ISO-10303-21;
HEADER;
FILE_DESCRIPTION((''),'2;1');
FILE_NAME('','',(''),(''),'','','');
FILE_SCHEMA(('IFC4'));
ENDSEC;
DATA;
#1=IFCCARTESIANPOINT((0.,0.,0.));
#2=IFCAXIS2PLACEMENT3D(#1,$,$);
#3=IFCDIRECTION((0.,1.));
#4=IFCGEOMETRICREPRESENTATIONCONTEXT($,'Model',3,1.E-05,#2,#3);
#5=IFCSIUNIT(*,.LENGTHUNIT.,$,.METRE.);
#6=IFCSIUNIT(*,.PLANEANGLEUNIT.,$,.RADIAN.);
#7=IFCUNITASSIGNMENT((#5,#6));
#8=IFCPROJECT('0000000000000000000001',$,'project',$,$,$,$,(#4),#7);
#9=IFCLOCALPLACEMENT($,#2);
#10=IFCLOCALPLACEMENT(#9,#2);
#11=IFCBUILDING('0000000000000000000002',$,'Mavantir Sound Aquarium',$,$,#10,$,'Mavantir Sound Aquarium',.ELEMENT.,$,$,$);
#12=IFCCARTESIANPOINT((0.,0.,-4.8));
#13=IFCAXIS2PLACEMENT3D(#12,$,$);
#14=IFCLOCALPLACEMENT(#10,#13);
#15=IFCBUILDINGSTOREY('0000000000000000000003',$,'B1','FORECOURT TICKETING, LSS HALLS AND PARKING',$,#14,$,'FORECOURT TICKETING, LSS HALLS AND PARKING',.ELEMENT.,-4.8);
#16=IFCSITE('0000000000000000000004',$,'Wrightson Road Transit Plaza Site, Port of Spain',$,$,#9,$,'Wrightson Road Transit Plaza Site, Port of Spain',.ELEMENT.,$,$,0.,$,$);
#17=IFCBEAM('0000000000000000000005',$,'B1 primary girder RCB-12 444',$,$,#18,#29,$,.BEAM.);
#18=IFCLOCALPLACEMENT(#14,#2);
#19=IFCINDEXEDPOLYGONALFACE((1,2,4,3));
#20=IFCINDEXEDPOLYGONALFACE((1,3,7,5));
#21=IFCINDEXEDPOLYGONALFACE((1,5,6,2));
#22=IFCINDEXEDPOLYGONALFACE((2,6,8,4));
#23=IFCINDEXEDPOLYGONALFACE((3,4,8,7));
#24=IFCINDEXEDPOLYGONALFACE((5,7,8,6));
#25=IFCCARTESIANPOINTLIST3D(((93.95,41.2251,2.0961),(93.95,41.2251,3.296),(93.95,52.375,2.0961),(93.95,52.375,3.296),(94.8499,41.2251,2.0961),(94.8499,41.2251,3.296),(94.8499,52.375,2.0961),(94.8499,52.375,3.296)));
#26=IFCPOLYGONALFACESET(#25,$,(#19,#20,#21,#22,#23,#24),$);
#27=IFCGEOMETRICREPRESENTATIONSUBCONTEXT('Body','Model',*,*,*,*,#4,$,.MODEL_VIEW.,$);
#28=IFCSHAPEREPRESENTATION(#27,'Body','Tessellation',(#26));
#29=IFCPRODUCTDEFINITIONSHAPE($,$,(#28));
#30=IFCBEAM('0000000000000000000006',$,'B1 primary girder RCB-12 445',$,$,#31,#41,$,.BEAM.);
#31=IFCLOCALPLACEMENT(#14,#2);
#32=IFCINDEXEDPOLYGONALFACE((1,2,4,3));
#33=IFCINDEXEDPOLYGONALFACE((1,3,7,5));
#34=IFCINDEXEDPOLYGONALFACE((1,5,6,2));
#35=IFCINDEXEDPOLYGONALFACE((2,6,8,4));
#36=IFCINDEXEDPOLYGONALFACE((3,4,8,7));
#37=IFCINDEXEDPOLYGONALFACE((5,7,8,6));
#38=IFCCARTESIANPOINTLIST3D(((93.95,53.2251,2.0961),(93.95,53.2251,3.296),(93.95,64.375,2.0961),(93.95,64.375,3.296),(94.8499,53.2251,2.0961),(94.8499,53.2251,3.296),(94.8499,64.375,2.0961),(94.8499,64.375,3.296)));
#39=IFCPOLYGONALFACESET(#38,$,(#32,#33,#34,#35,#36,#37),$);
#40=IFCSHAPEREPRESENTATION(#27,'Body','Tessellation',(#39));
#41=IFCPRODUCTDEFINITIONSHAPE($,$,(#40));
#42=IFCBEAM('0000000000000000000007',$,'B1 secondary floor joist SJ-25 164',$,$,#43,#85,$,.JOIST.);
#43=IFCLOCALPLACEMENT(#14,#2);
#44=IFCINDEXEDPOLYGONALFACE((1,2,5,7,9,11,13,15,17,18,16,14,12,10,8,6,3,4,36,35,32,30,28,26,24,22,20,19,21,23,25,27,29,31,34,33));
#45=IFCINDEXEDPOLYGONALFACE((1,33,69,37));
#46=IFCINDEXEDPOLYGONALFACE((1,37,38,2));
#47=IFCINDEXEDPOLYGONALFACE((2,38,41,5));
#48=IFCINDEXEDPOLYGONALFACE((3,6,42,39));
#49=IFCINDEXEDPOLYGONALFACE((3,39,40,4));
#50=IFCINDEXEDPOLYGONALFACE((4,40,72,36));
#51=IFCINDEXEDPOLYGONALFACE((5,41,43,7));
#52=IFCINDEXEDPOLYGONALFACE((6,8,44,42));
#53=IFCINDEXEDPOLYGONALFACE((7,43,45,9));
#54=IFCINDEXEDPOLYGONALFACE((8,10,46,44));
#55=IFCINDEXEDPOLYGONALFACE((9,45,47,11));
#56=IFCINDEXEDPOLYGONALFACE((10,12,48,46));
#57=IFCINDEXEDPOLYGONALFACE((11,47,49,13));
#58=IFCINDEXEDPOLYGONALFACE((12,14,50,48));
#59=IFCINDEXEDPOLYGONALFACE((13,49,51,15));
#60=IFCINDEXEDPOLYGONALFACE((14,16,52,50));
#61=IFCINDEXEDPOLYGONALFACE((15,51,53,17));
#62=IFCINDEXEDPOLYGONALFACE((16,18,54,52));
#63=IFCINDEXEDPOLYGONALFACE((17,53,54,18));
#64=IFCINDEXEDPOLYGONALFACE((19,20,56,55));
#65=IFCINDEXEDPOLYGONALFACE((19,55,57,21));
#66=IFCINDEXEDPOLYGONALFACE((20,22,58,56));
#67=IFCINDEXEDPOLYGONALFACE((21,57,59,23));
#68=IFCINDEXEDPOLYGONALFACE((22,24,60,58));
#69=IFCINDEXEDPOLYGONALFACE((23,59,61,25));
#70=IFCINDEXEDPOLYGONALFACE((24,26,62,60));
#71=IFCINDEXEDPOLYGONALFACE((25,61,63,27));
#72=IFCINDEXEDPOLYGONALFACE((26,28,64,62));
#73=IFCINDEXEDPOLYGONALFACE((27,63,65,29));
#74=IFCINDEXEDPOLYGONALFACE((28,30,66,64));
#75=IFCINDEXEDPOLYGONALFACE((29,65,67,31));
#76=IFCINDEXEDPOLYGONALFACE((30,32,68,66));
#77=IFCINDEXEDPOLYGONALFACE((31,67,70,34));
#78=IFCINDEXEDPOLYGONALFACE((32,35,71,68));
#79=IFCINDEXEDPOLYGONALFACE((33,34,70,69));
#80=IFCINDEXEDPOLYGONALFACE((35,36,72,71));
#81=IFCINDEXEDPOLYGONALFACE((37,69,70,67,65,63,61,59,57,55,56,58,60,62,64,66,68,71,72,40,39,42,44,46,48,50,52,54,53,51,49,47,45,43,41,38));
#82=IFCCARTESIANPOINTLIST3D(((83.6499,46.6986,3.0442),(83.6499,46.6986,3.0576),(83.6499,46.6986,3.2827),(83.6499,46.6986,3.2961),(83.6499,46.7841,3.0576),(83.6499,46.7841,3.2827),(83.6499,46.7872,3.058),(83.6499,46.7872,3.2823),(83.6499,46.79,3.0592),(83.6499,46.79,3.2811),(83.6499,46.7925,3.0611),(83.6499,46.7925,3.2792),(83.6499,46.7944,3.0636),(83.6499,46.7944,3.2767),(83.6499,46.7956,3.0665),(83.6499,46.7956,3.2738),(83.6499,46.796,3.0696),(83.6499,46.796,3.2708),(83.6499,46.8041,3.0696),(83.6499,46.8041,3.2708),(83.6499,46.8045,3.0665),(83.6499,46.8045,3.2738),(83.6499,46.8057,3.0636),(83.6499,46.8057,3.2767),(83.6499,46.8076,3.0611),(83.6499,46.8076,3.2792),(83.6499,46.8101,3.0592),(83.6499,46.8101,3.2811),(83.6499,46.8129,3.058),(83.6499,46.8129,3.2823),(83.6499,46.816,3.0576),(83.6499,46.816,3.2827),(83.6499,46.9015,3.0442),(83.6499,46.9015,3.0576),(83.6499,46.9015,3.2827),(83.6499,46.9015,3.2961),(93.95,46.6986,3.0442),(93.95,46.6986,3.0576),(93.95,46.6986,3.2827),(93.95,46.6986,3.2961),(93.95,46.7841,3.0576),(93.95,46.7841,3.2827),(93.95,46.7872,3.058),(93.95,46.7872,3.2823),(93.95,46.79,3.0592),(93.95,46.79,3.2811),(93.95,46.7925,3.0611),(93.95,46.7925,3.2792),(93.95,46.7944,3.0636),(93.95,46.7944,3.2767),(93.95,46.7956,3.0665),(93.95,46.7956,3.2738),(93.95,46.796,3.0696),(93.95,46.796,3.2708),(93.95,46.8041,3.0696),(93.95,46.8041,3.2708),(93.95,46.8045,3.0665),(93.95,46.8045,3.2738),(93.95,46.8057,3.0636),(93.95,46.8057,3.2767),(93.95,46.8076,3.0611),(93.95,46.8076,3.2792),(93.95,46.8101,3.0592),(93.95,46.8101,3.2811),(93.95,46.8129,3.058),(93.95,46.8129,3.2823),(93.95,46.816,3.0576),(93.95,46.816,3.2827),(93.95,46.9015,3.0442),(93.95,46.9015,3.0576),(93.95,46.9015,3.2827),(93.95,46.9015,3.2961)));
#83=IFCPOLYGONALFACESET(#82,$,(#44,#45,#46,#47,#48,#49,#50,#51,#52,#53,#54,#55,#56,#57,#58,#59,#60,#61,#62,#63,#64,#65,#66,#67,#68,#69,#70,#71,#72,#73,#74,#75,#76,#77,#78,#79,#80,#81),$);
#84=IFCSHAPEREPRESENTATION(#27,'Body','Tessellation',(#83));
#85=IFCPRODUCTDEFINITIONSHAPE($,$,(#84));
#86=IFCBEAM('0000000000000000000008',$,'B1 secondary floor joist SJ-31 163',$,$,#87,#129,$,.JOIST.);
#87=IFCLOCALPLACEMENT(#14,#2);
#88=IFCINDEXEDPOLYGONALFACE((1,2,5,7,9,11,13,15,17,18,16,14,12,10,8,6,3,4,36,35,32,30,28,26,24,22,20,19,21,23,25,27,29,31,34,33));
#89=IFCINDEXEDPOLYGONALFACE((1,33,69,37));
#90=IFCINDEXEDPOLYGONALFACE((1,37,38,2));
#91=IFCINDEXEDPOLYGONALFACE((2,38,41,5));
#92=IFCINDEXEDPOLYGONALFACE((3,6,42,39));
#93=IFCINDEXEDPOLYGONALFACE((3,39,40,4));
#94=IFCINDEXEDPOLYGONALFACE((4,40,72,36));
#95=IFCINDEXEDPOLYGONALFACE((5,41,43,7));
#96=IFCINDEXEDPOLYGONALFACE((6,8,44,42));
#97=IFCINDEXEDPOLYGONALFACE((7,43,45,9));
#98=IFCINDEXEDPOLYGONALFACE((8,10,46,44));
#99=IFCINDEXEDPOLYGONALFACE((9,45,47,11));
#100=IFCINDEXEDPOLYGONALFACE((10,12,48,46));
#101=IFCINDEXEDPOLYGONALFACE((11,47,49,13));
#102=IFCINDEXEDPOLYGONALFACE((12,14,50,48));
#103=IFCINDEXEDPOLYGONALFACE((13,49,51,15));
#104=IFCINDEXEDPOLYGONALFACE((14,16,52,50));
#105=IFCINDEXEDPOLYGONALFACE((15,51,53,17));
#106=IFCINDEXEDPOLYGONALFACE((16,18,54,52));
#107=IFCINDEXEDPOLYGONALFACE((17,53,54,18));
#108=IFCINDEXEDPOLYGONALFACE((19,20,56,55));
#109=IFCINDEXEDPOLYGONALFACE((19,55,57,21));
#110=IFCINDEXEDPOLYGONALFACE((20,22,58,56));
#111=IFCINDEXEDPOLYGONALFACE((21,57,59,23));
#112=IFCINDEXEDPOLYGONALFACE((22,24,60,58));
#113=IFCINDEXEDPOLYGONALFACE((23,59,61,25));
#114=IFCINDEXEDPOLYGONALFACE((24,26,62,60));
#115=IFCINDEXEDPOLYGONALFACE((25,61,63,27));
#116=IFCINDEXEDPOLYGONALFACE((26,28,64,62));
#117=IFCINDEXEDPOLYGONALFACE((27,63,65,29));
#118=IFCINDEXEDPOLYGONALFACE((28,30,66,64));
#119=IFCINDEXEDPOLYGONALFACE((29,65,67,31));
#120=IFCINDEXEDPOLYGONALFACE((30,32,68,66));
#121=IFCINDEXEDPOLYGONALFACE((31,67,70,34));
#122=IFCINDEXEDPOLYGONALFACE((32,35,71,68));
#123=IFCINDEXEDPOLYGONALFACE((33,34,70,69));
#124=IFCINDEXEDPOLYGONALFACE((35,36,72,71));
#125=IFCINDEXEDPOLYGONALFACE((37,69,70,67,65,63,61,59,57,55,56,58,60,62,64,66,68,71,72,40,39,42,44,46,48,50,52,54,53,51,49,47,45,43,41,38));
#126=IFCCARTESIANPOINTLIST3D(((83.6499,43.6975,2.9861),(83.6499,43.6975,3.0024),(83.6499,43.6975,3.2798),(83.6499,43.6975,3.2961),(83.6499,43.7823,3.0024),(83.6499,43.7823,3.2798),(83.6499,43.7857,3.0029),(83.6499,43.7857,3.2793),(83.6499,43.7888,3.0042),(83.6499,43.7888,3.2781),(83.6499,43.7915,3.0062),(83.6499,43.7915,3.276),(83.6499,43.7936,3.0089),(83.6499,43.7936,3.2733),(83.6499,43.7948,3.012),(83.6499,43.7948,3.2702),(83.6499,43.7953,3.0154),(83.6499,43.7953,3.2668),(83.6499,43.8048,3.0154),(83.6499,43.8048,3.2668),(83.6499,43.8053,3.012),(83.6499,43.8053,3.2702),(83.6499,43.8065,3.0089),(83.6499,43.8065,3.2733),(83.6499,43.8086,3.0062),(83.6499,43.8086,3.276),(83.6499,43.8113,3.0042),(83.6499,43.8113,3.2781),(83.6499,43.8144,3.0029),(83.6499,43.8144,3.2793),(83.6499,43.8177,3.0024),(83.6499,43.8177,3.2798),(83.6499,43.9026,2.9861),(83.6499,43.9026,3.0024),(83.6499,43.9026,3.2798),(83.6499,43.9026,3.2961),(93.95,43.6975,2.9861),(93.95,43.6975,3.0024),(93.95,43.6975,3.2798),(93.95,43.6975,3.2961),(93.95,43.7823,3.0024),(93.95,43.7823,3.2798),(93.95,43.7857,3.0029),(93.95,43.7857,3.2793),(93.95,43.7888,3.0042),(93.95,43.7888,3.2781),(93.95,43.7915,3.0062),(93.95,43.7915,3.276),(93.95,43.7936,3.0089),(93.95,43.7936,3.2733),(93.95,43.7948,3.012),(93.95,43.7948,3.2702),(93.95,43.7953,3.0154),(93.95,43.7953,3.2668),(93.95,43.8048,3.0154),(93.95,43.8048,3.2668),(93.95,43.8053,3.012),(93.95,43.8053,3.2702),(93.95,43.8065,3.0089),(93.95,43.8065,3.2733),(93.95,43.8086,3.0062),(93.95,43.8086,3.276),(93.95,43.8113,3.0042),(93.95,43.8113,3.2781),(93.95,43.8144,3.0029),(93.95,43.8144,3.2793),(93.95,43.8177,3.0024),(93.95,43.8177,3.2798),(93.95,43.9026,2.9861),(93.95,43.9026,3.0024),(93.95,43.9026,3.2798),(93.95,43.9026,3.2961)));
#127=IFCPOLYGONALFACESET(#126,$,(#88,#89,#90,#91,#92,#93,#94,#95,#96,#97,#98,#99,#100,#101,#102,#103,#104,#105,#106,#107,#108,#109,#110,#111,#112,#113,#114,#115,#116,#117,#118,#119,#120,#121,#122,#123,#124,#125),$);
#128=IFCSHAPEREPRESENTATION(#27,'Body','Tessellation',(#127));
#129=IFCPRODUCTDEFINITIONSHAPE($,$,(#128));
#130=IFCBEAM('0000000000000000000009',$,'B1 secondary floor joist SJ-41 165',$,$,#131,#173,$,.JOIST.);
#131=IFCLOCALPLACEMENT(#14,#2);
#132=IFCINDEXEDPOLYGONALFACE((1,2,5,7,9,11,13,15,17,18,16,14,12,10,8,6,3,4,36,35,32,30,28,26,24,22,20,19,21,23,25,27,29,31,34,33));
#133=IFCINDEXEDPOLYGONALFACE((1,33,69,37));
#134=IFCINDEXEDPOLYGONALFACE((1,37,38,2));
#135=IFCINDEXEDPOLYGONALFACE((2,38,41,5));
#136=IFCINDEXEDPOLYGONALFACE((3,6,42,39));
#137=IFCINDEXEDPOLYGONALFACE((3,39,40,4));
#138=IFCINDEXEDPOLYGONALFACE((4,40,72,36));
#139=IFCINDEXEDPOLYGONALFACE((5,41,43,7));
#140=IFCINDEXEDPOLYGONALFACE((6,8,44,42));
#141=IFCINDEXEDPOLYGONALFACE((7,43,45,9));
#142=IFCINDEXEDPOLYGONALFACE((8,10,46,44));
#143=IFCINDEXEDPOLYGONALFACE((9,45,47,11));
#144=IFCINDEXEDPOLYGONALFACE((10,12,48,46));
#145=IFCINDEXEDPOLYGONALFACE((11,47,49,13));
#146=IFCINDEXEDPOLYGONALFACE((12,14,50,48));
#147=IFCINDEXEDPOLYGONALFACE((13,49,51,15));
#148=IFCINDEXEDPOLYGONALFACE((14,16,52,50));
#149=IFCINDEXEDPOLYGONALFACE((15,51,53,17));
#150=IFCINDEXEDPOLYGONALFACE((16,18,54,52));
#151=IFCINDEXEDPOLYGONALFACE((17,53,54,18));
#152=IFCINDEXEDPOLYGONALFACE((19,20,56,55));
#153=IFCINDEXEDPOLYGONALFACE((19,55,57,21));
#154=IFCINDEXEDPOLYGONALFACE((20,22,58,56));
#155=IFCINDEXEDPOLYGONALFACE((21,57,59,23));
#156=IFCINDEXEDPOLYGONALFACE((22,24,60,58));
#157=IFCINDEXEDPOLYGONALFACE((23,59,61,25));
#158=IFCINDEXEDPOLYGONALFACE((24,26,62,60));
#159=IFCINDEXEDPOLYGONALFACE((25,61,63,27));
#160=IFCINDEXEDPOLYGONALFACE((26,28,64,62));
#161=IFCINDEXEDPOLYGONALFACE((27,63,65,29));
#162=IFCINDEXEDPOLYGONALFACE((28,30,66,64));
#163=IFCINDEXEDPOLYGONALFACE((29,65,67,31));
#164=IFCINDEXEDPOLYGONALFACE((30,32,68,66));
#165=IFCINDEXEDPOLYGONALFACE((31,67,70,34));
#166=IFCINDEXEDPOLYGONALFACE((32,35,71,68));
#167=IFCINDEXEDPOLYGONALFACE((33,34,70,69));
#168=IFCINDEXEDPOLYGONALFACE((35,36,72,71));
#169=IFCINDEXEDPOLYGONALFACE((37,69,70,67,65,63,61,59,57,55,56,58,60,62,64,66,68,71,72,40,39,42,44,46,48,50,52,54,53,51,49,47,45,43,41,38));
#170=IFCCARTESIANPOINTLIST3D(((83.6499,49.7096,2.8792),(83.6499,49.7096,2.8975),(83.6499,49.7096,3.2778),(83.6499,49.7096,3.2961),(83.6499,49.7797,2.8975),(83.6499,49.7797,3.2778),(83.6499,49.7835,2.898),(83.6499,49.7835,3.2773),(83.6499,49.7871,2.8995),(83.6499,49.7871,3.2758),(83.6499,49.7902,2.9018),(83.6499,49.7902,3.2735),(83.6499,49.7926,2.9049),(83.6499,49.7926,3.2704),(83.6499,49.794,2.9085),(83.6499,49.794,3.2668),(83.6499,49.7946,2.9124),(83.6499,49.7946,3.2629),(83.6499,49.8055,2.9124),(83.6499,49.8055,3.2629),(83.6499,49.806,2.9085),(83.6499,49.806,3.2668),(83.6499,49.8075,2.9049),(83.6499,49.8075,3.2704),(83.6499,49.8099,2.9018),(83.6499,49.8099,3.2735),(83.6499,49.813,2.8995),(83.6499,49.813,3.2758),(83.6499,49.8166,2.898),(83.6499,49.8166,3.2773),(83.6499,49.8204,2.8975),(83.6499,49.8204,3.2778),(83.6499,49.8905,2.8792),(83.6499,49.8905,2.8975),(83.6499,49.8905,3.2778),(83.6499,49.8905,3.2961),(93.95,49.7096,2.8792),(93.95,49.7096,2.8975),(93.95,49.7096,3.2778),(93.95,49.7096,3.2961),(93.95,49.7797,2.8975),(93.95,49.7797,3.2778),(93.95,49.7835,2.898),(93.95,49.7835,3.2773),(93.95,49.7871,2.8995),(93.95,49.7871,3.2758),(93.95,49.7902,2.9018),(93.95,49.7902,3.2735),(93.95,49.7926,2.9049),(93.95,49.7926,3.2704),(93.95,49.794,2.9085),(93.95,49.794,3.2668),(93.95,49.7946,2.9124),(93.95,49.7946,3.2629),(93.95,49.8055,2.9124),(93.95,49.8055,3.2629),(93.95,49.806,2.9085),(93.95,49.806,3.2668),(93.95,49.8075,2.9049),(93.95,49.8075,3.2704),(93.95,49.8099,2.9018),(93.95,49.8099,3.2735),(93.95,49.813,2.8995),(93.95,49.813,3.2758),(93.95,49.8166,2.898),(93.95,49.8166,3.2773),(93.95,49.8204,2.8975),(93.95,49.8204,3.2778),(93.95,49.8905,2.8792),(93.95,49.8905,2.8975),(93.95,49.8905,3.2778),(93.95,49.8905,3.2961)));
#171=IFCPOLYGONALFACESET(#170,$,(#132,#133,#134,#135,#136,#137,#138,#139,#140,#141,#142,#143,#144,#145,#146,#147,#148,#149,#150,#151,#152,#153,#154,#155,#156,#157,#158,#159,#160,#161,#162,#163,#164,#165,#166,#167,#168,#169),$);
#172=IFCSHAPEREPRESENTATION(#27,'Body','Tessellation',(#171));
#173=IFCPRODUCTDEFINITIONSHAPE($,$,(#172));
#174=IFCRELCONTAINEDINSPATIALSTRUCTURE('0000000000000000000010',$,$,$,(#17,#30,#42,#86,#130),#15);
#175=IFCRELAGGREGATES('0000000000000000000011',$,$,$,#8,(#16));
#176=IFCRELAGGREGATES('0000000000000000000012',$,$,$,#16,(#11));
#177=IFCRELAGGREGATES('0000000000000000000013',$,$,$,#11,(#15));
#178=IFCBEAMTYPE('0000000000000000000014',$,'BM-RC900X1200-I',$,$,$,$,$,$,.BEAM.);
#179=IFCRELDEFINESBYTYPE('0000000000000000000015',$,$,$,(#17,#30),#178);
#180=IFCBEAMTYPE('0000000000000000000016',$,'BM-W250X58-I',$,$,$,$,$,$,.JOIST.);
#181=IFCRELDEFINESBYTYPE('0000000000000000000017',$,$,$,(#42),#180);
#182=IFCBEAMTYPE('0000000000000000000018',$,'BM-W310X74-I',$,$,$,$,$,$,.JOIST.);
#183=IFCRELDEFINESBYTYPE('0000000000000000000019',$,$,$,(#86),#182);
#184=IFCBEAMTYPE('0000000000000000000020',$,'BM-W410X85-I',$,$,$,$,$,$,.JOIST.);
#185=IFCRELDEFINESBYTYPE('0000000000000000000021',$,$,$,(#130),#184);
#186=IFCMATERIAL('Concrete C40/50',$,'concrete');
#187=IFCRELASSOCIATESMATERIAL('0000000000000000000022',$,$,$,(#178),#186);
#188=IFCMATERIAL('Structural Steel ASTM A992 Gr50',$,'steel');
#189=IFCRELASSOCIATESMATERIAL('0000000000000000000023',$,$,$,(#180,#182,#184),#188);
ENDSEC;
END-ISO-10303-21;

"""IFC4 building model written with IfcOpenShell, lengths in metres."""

from ifc_helpers import new_model, si_unit, direction, frame, origin, origin_2d, place, context, subcontext, project, spatial, rectangle, i_section, extrude, material, material_profile, profile_set, type_object, element, save


model = new_model("IFC4")

# Units and contexts
model_context = context("Model", 3, precision=1e-05, world=origin(), true_north=direction((0.0, 1.0)))
body_context = subcontext(model_context, "Body", "Model", "MODEL_VIEW")
ifc_project = project(units=[si_unit("LENGTHUNIT", "METRE"), si_unit("PLANEANGLEUNIT", "RADIAN")], contexts=[model_context])

# Site, building, storey
site_placement = place(None, origin())
site = spatial("IfcSite", under=ifc_project, at=site_placement, Name="Wrightson Road Transit Plaza Site, Port of Spain", LongName="Wrightson Road Transit Plaza Site, Port of Spain", CompositionType="ELEMENT", RefElevation=0.0)
building_placement = place(site_placement, origin())
building = spatial("IfcBuilding", under=site, at=building_placement, Name="Mavantir Sound Aquarium", LongName="Mavantir Sound Aquarium", CompositionType="ELEMENT")
storey_placement = place(building_placement, frame((0.0, 0.0, -4.8)))
storey = spatial("IfcBuildingStorey", under=building, at=storey_placement, Name="B1", Description="FORECOURT TICKETING, LSS HALLS AND PARKING", LongName="FORECOURT TICKETING, LSS HALLS AND PARKING", CompositionType="ELEMENT", Elevation=-4.8)

# Shared definitions
ifc_material_1 = material(Name="Concrete C40/50", Category="concrete")

# Beams
ifc_material_profile_1 = material_profile(ifc_material_1, rectangle(XDim=0.8999, YDim=1.2, at=origin_2d()), Name="RC 900X1200")
ifc_profile_set_1 = profile_set([ifc_material_profile_1], Name="Concrete C40/50")
beam_type_1 = type_object("IfcBeamType", Name="BM-RC900X1200-I", PredefinedType="BEAM", material=ifc_profile_set_1)
for number, where, z_axis, x_axis, name in (
    (1, (94.3999, 41.2251, 2.696), (0.0, 1.0, 0.0), (-1.0, 0.0, 0.0), "B1 primary girder RCB-12 444"),
    (2, (94.3999, 53.2251, 2.696), (0.0, 1.0, 0.0), (-1.0, 0.0, 0.0), "B1 primary girder RCB-12 445"),
):
    element("IfcBeam", number, at=place(storey_placement, frame(where, z_axis=z_axis, x_axis=x_axis)), inside=storey, type_object=beam_type_1, Name=name, PredefinedType="BEAM", context=body_context, shape_type="SweptSolid", body=[
        extrude(rectangle(XDim=0.8999, YDim=1.2, at=origin_2d()), origin(), (0.0, 0.0, 1.0), 11.1499),
    ])
ifc_material_2 = material(Name="Structural Steel ASTM A992 Gr50", Category="steel")
ifc_material_profile_2 = material_profile(ifc_material_2, i_section(OverallWidth=0.2029, OverallDepth=0.252, WebThickness=0.0081, FlangeThickness=0.0134, FilletRadius=0.012, at=origin_2d()), Name="W250X58")
ifc_profile_set_2 = profile_set([ifc_material_profile_2], Name="Structural Steel ASTM A992 Gr50")
beam_type_2 = type_object("IfcBeamType", Name="BM-W250X58-I", PredefinedType="JOIST", material=ifc_profile_set_2)
beam_1_placement = place(storey_placement, frame((83.6499, 46.8, 3.1702), z_axis=(1.0, 0.0, 0.0), x_axis=(0.0, 1.0, 0.0)))
element("IfcBeam", 3, at=beam_1_placement, inside=storey, type_object=beam_type_2, Name="B1 secondary floor joist SJ-25 164", PredefinedType="JOIST", context=body_context, shape_type="SweptSolid", body=[
    extrude(i_section(OverallWidth=0.2029, OverallDepth=0.252, WebThickness=0.0081, FlangeThickness=0.0134, FilletRadius=0.012, at=origin_2d()), origin(), (0.0, 0.0, 1.0), 10.3),
])
ifc_material_profile_3 = material_profile(ifc_material_2, i_section(OverallWidth=0.2051, OverallDepth=0.3101, WebThickness=0.0095, FlangeThickness=0.0164, FilletRadius=0.0129, at=origin_2d()), Name="W310X74")
ifc_profile_set_3 = profile_set([ifc_material_profile_3], Name="Structural Steel ASTM A992 Gr50")
beam_type_3 = type_object("IfcBeamType", Name="BM-W310X74-I", PredefinedType="JOIST", material=ifc_profile_set_3)
beam_2_placement = place(storey_placement, frame((83.6499, 43.8, 3.1411), z_axis=(1.0, 0.0, 0.0), x_axis=(0.0, 1.0, 0.0)))
element("IfcBeam", 4, at=beam_2_placement, inside=storey, type_object=beam_type_3, Name="B1 secondary floor joist SJ-31 163", PredefinedType="JOIST", context=body_context, shape_type="SweptSolid", body=[
    extrude(i_section(OverallWidth=0.2051, OverallDepth=0.3101, WebThickness=0.0095, FlangeThickness=0.0164, FilletRadius=0.0129, at=origin_2d()), origin(), (0.0, 0.0, 1.0), 10.3),
])
ifc_material_profile_4 = material_profile(ifc_material_2, i_section(OverallWidth=0.1809, OverallDepth=0.417, WebThickness=0.011, FlangeThickness=0.0183, FilletRadius=0.0149, at=origin_2d()), Name="W410X85")
ifc_profile_set_4 = profile_set([ifc_material_profile_4], Name="Structural Steel ASTM A992 Gr50")
beam_type_4 = type_object("IfcBeamType", Name="BM-W410X85-I", PredefinedType="JOIST", material=ifc_profile_set_4)
for number, where, z_axis, x_axis, name in (
    (5, (83.6499, 49.8, 3.0876), (1.0, 0.0, 0.0), (0.0, 1.0, 0.0), "B1 secondary floor joist SJ-41 165"),
):
    element("IfcBeam", number, at=place(storey_placement, frame(where, z_axis=z_axis, x_axis=x_axis)), inside=storey, type_object=beam_type_4, Name=name, PredefinedType="JOIST", context=body_context, shape_type="SweptSolid", body=[
        extrude(i_section(OverallWidth=0.1809, OverallDepth=0.417, WebThickness=0.011, FlangeThickness=0.0183, FilletRadius=0.0149, at=origin_2d()), origin(), (0.0, 0.0, 1.0), 10.3),
    ])

save(model, "model.ifc")
